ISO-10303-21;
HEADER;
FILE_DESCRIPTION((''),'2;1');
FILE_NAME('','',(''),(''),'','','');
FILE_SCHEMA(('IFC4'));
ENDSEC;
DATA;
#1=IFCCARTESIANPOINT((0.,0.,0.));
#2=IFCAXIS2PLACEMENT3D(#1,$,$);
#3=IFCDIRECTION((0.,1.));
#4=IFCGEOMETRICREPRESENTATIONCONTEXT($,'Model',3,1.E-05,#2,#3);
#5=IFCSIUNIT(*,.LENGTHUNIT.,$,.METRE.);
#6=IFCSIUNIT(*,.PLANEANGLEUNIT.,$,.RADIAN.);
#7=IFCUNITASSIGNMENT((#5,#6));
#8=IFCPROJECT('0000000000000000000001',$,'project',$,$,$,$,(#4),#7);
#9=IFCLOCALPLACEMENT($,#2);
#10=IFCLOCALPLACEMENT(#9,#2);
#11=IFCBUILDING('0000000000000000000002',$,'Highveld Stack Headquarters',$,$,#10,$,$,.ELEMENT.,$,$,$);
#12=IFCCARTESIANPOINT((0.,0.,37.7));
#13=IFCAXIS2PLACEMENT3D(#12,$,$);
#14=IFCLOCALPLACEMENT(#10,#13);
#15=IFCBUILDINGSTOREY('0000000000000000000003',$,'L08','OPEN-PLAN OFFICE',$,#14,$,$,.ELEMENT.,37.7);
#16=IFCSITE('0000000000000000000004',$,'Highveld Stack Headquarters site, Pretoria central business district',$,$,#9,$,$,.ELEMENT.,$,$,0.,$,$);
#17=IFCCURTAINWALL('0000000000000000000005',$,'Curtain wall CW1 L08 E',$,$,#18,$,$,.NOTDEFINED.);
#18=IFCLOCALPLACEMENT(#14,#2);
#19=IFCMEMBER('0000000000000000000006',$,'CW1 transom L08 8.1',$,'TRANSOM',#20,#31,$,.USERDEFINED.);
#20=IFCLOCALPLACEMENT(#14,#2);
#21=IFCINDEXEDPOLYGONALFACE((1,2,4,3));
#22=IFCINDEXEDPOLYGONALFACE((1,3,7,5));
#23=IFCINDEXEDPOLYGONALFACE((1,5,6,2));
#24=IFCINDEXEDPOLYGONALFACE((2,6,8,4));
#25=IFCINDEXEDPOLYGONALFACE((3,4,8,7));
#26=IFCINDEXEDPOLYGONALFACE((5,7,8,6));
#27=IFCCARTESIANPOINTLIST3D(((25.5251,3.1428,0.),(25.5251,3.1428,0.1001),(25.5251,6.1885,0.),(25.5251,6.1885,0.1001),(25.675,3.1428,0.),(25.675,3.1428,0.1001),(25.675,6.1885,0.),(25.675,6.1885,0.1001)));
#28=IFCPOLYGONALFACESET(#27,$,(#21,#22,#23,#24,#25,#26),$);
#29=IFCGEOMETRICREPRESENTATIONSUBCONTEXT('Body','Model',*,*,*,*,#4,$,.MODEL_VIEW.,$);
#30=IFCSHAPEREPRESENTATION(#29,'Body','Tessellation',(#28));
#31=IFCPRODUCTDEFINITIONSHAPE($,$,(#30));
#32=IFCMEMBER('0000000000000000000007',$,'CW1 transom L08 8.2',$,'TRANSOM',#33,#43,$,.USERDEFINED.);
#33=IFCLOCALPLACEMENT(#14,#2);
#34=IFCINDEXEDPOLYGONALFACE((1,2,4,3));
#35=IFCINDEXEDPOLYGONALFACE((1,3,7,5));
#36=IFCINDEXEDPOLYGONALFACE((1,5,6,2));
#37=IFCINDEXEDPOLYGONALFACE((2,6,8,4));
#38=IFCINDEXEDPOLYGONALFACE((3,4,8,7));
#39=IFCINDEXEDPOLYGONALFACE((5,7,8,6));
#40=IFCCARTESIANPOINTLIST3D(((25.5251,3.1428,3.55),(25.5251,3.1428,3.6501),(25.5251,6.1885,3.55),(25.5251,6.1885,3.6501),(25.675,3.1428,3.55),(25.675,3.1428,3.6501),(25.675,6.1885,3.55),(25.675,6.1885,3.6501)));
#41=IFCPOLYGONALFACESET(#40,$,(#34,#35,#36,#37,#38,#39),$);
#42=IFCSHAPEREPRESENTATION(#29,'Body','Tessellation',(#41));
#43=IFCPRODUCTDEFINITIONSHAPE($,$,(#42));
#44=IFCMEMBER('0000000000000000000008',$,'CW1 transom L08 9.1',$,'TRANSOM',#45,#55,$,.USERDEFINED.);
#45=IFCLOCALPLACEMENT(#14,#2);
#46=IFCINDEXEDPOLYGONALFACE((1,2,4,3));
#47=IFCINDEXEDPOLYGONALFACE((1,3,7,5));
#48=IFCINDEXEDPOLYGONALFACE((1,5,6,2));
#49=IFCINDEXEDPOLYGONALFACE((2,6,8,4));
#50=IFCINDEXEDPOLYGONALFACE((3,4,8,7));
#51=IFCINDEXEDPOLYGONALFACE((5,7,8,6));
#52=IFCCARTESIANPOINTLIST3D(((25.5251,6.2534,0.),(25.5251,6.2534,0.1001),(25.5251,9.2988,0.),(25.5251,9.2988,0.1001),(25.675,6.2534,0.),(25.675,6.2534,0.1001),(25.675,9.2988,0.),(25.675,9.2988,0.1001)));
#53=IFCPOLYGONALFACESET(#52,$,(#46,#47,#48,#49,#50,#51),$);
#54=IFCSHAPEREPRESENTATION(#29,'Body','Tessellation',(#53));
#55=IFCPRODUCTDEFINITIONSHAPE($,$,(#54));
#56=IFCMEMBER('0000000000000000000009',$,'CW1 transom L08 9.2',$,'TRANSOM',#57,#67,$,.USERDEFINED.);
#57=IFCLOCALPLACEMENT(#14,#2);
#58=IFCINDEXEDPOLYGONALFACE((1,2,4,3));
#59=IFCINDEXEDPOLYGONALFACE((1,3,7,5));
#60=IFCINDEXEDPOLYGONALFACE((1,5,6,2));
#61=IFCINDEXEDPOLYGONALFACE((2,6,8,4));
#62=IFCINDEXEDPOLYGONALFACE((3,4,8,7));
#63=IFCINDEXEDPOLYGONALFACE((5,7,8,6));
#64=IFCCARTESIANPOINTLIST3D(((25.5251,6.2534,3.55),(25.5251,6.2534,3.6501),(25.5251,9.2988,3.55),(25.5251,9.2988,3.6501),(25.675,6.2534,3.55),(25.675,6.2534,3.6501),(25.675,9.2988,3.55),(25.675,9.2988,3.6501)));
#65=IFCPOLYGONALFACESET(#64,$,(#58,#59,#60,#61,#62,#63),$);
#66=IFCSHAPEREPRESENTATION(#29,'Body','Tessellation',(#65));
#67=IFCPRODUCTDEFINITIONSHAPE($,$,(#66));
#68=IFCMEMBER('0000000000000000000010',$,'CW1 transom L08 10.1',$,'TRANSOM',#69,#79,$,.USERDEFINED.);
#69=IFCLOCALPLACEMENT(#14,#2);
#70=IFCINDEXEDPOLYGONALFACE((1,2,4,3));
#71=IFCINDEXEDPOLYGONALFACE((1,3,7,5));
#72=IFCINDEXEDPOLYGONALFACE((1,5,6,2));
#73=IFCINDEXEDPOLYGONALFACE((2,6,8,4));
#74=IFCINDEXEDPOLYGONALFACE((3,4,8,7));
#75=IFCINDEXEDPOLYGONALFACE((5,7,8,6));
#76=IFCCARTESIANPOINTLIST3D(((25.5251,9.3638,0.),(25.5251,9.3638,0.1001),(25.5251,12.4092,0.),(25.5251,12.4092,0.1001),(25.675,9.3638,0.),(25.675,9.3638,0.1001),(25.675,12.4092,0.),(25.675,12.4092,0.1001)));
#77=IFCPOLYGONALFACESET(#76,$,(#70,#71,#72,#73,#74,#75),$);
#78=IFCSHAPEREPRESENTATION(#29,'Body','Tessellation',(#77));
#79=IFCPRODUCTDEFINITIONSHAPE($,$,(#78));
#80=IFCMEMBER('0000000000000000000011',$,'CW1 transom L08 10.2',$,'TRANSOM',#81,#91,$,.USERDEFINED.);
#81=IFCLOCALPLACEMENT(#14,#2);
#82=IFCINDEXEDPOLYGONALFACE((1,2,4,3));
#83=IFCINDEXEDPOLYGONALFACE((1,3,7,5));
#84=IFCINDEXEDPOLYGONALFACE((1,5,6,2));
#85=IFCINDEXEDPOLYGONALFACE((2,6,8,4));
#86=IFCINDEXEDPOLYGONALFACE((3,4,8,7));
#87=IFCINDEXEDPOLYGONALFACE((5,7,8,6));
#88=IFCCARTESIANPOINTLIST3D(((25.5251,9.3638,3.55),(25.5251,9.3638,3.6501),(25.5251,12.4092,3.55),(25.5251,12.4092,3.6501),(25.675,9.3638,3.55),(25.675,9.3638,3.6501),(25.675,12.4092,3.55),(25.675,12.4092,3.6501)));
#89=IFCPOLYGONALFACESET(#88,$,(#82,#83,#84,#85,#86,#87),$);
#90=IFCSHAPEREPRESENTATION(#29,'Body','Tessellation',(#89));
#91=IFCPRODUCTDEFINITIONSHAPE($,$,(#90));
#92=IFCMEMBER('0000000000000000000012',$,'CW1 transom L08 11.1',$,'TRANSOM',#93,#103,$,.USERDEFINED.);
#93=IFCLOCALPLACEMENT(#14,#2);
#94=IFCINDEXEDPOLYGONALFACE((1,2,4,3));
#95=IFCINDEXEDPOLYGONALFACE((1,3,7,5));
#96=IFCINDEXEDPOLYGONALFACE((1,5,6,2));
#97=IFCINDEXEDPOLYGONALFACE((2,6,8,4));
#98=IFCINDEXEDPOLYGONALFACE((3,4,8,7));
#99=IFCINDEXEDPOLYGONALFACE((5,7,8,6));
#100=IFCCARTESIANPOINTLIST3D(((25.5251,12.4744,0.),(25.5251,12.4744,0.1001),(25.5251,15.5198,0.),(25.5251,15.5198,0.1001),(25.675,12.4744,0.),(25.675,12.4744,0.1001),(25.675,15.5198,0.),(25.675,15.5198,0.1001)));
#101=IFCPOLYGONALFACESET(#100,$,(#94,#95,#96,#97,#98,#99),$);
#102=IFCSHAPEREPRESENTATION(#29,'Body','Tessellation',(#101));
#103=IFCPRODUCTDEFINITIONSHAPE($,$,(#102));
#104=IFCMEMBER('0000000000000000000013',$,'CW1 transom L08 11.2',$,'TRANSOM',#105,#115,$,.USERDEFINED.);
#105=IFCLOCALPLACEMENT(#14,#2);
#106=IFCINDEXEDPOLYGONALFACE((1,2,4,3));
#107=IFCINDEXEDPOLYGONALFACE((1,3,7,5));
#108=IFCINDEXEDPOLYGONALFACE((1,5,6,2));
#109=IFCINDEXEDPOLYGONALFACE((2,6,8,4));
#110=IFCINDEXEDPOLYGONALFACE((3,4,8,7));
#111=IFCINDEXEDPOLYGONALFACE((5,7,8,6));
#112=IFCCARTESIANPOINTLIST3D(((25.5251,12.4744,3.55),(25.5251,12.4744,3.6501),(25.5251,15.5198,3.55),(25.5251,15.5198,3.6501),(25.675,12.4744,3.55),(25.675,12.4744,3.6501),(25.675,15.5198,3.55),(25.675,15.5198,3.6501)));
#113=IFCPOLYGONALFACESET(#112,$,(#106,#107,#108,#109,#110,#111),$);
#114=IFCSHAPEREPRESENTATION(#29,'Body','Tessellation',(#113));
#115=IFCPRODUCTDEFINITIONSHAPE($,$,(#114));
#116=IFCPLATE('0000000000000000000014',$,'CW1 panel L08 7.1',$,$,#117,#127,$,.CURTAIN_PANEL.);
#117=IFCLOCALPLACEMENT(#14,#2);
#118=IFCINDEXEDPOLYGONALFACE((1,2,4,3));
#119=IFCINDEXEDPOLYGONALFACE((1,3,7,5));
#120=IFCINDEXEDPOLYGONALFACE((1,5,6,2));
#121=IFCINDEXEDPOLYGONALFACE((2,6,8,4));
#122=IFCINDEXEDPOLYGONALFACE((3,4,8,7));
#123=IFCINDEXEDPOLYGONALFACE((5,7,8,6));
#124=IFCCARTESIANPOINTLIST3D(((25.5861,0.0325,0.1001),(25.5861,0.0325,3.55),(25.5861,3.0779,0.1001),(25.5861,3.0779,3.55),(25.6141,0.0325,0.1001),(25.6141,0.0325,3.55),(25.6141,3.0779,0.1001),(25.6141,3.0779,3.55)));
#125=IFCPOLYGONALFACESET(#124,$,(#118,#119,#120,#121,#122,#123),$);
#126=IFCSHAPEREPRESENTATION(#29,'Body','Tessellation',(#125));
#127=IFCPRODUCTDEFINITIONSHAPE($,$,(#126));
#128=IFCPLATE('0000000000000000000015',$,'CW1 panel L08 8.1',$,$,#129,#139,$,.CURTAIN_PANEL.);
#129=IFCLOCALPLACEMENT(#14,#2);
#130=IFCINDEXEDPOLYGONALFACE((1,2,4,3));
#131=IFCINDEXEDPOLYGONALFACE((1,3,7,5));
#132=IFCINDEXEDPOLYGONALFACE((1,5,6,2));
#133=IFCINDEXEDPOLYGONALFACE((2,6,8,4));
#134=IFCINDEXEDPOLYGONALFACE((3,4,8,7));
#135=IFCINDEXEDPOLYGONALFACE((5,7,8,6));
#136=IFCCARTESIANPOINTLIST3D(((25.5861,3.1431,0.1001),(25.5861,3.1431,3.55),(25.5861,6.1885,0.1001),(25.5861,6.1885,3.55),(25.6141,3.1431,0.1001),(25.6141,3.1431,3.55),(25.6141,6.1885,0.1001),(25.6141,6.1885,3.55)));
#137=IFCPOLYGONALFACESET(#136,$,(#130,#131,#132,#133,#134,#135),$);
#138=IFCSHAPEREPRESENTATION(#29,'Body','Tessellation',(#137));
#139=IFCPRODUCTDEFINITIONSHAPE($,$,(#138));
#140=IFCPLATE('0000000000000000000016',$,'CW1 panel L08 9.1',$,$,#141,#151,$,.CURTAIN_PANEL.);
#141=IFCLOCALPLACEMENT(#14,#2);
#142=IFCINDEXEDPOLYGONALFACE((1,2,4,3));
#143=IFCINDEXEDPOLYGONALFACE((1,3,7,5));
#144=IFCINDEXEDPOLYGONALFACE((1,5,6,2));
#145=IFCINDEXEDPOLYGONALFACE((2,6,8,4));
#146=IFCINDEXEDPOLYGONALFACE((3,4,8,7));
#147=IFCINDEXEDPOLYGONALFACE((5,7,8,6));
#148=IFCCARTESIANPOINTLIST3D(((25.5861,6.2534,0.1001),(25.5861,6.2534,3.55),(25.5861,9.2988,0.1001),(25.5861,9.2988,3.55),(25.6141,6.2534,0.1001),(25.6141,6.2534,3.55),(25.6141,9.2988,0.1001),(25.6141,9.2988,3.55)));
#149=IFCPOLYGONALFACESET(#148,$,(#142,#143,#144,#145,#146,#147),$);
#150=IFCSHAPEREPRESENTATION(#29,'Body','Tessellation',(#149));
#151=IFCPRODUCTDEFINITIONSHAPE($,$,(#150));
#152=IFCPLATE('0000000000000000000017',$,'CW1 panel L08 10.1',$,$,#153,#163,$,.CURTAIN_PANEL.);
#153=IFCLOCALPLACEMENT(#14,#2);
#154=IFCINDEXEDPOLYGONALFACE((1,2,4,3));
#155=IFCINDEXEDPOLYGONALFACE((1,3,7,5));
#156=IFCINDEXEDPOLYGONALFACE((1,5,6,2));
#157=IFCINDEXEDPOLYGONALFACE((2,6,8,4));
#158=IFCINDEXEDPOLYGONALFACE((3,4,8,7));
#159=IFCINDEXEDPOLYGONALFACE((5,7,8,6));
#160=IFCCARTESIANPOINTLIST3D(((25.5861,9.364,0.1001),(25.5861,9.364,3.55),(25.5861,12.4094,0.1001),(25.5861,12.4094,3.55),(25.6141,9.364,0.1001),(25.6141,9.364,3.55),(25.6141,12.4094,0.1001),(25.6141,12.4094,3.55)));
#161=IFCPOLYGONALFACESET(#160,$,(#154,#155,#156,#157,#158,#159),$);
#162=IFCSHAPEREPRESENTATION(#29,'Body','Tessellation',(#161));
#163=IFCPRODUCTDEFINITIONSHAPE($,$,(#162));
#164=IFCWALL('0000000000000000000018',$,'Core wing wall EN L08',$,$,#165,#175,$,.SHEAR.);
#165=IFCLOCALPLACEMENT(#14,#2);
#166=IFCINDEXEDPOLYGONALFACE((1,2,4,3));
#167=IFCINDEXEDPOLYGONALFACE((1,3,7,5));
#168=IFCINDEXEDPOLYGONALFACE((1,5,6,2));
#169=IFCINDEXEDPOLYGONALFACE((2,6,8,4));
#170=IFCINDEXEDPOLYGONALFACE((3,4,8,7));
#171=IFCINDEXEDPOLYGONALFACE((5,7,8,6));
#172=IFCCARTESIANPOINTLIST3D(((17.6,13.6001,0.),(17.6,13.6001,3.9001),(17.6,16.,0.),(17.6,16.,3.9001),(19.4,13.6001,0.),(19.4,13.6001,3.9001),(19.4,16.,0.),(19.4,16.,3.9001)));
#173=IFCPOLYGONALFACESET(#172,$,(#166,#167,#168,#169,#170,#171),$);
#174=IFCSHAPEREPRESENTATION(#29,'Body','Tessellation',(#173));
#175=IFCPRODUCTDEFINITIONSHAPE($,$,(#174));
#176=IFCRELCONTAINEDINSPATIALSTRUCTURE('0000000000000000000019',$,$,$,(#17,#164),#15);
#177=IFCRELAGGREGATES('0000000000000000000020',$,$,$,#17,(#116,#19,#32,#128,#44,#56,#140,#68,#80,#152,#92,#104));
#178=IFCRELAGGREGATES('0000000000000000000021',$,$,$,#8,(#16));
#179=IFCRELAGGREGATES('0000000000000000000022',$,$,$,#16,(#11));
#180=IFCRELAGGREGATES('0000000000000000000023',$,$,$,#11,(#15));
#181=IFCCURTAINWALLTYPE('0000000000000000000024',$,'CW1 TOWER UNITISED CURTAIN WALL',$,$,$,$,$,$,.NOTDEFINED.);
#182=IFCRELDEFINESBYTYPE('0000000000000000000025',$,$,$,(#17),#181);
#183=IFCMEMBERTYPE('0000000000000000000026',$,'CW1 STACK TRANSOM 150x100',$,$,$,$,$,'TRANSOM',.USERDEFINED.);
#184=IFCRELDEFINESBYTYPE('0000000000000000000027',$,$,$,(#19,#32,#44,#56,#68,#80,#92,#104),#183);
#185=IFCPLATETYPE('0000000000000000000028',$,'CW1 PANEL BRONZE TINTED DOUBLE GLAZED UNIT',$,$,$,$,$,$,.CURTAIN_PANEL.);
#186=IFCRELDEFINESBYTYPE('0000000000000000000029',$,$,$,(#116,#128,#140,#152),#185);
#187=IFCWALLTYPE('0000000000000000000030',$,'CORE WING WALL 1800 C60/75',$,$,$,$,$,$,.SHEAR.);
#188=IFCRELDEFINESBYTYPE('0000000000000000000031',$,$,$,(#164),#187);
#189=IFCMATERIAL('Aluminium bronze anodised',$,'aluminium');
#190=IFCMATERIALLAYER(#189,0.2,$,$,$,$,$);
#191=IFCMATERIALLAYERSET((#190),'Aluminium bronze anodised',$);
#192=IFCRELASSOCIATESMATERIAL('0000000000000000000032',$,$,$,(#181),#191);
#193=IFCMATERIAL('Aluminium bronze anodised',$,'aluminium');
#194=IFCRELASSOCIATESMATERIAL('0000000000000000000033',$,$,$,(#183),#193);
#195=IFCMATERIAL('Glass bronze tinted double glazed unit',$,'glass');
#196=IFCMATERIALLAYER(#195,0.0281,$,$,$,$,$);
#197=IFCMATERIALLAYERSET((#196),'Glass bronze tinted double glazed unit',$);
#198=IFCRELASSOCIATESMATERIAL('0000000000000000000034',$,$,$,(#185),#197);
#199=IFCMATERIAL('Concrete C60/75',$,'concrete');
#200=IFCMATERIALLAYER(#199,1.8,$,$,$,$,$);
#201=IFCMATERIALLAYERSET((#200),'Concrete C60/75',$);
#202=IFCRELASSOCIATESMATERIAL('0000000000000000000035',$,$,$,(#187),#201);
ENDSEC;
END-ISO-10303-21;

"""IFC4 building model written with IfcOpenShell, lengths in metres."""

from ifc_helpers import new_model, si_unit, direction, frame, frame_2d, origin, origin_2d, place, context, subcontext, project, spatial, rectangle, extrude, material, layer, layer_set, material_profile, profile_set, type_object, element, aggregate, save


model = new_model("IFC4")

# Units and contexts
model_context = context("Model", 3, precision=1e-05, world=origin(), true_north=direction((0.0, 1.0)))
body_context = subcontext(model_context, "Body", "Model", "MODEL_VIEW")
ifc_project = project(units=[si_unit("LENGTHUNIT", "METRE"), si_unit("PLANEANGLEUNIT", "RADIAN")], contexts=[model_context])

# Site, building, storey
site_placement = place(None, origin())
site = spatial("IfcSite", under=ifc_project, at=site_placement, Name="Highveld Stack Headquarters site, Pretoria central business district", CompositionType="ELEMENT", RefElevation=0.0)
building_placement = place(site_placement, origin())
building = spatial("IfcBuilding", under=site, at=building_placement, Name="Highveld Stack Headquarters", CompositionType="ELEMENT")
storey_placement = place(building_placement, frame((0.0, 0.0, 37.7)))
storey = spatial("IfcBuildingStorey", under=building, at=storey_placement, Name="L08", Description="OPEN-PLAN OFFICE", CompositionType="ELEMENT", Elevation=37.7)

# Curtain wall, members, plates
ifc_material_1 = material(Name="Aluminium bronze anodised", Category="aluminium")
ifc_layer_1 = layer(ifc_material_1, 0.2)
ifc_layer_set_1 = layer_set([ifc_layer_1], Name="Aluminium bronze anodised")
curtain_wall_type = type_object("IfcCurtainWallType", Name="CW1 TOWER UNITISED CURTAIN WALL", PredefinedType="NOTDEFINED", material=ifc_layer_set_1)
curtain_wall_placement = place(storey_placement, origin())
curtain_wall = element("IfcCurtainWall", 1, at=curtain_wall_placement, inside=storey, type_object=curtain_wall_type, Name="Curtain wall CW1 L08 E", PredefinedType="NOTDEFINED")
ifc_material_2 = material(Name="Aluminium bronze anodised", Category="aluminium")
ifc_material_profile_1 = material_profile(ifc_material_2, rectangle(XDim=0.1499, YDim=0.1001, at=origin_2d()), Name="CW1 TRANSOM 150x100")
ifc_profile_set_1 = profile_set([ifc_material_profile_1], Name="Aluminium bronze anodised")
member_type_1 = type_object("IfcMemberType", Name="CW1 STACK TRANSOM 150x100", ElementType="TRANSOM", PredefinedType="USERDEFINED", material=ifc_profile_set_1)
member_1_placement = place(storey_placement, frame((25.6001, 3.1428, 0.05), z_axis=(0.0, 1.0, 0.0), x_axis=(-1.0, 0.0, 0.0)))
member_1 = element("IfcMember", 2, at=member_1_placement, type_object=member_type_1, Name="CW1 transom L08 8.1", ObjectType="TRANSOM", PredefinedType="USERDEFINED", context=body_context, shape_type="SweptSolid", body=[
    extrude(rectangle(XDim=0.1499, YDim=0.1001, at=origin_2d()), origin(), (0.0, 0.0, 1.0), 3.0457),
])
member_2_placement = place(storey_placement, frame((25.6001, 3.1428, 3.6001), z_axis=(0.0, 1.0, 0.0), x_axis=(-1.0, 0.0, 0.0)))
member_2 = element("IfcMember", 3, at=member_2_placement, type_object=member_type_1, Name="CW1 transom L08 8.2", ObjectType="TRANSOM", PredefinedType="USERDEFINED", context=body_context, shape_type="SweptSolid", body=[
    extrude(rectangle(XDim=0.1499, YDim=0.1001, at=origin_2d()), origin(), (0.0, 0.0, 1.0), 3.0457),
])
member_3_placement = place(storey_placement, frame((25.6001, 6.2534, 0.05), z_axis=(0.0, 1.0, 0.0), x_axis=(-1.0, 0.0, 0.0)))
member_3 = element("IfcMember", 4, at=member_3_placement, type_object=member_type_1, Name="CW1 transom L08 9.1", ObjectType="TRANSOM", PredefinedType="USERDEFINED", context=body_context, shape_type="SweptSolid", body=[
    extrude(rectangle(XDim=0.1499, YDim=0.1001, at=origin_2d()), origin(), (0.0, 0.0, 1.0), 3.0454),
])
member_4_placement = place(storey_placement, frame((25.6001, 6.2534, 3.6001), z_axis=(0.0, 1.0, 0.0), x_axis=(-1.0, 0.0, 0.0)))
member_4 = element("IfcMember", 5, at=member_4_placement, type_object=member_type_1, Name="CW1 transom L08 9.2", ObjectType="TRANSOM", PredefinedType="USERDEFINED", context=body_context, shape_type="SweptSolid", body=[
    extrude(rectangle(XDim=0.1499, YDim=0.1001, at=origin_2d()), origin(), (0.0, 0.0, 1.0), 3.0454),
])
member_5_placement = place(storey_placement, frame((25.6001, 9.3638, 0.05), z_axis=(0.0, 1.0, 0.0), x_axis=(-1.0, 0.0, 0.0)))
member_5 = element("IfcMember", 6, at=member_5_placement, type_object=member_type_1, Name="CW1 transom L08 10.1", ObjectType="TRANSOM", PredefinedType="USERDEFINED", context=body_context, shape_type="SweptSolid", body=[
    extrude(rectangle(XDim=0.1499, YDim=0.1001, at=origin_2d()), origin(), (0.0, 0.0, 1.0), 3.0454),
])
member_6_placement = place(storey_placement, frame((25.6001, 9.3638, 3.6001), z_axis=(0.0, 1.0, 0.0), x_axis=(-1.0, 0.0, 0.0)))
member_6 = element("IfcMember", 7, at=member_6_placement, type_object=member_type_1, Name="CW1 transom L08 10.2", ObjectType="TRANSOM", PredefinedType="USERDEFINED", context=body_context, shape_type="SweptSolid", body=[
    extrude(rectangle(XDim=0.1499, YDim=0.1001, at=origin_2d()), origin(), (0.0, 0.0, 1.0), 3.0454),
])
member_7_placement = place(storey_placement, frame((25.6001, 12.4744, 0.05), z_axis=(0.0, 1.0, 0.0), x_axis=(-1.0, 0.0, 0.0)))
member_7 = element("IfcMember", 8, at=member_7_placement, type_object=member_type_1, Name="CW1 transom L08 11.1", ObjectType="TRANSOM", PredefinedType="USERDEFINED", context=body_context, shape_type="SweptSolid", body=[
    extrude(rectangle(XDim=0.1499, YDim=0.1001, at=origin_2d()), origin(), (0.0, 0.0, 1.0), 3.0454),
])
member_8_placement = place(storey_placement, frame((25.6001, 12.4744, 3.6001), z_axis=(0.0, 1.0, 0.0), x_axis=(-1.0, 0.0, 0.0)))
member_8 = element("IfcMember", 9, at=member_8_placement, type_object=member_type_1, Name="CW1 transom L08 11.2", ObjectType="TRANSOM", PredefinedType="USERDEFINED", context=body_context, shape_type="SweptSolid", body=[
    extrude(rectangle(XDim=0.1499, YDim=0.1001, at=origin_2d()), origin(), (0.0, 0.0, 1.0), 3.0454),
])
ifc_material_3 = material(Name="Glass bronze tinted double glazed unit", Category="glass")
ifc_layer_2 = layer(ifc_material_3, 0.0281)
ifc_layer_set_2 = layer_set([ifc_layer_2], Name="Glass bronze tinted double glazed unit")
plate_type = type_object("IfcPlateType", Name="CW1 PANEL BRONZE TINTED DOUBLE GLAZED UNIT", PredefinedType="CURTAIN_PANEL", material=ifc_layer_set_2)
plate_1_placement = place(storey_placement, frame((25.6001, 1.5552, 0.1001), z_axis=(0.0, 0.0, 1.0), x_axis=(0.0, 1.0, 0.0)))
plate_1 = element("IfcPlate", 10, at=plate_1_placement, type_object=plate_type, Name="CW1 panel L08 7.1", PredefinedType="CURTAIN_PANEL", context=body_context, shape_type="SweptSolid", body=[
    extrude(rectangle(XDim=3.0454, YDim=0.0281, at=origin_2d()), origin(), (0.0, 0.0, 1.0), 3.45),
])
plate_2_placement = place(storey_placement, frame((25.6001, 4.6658, 0.1001), z_axis=(0.0, 0.0, 1.0), x_axis=(0.0, 1.0, 0.0)))
plate_2 = element("IfcPlate", 11, at=plate_2_placement, type_object=plate_type, Name="CW1 panel L08 8.1", PredefinedType="CURTAIN_PANEL", context=body_context, shape_type="SweptSolid", body=[
    extrude(rectangle(XDim=3.0454, YDim=0.0281, at=origin_2d()), origin(), (0.0, 0.0, 1.0), 3.45),
])
plate_3_placement = place(storey_placement, frame((25.6001, 7.7761, 0.1001), z_axis=(0.0, 0.0, 1.0), x_axis=(0.0, 1.0, 0.0)))
plate_3 = element("IfcPlate", 12, at=plate_3_placement, type_object=plate_type, Name="CW1 panel L08 9.1", PredefinedType="CURTAIN_PANEL", context=body_context, shape_type="SweptSolid", body=[
    extrude(rectangle(XDim=3.0454, YDim=0.0281, at=origin_2d()), origin(), (0.0, 0.0, 1.0), 3.45),
])
plate_4_placement = place(storey_placement, frame((25.6001, 10.8867, 0.1001), z_axis=(0.0, 0.0, 1.0), x_axis=(0.0, 1.0, 0.0)))
plate_4 = element("IfcPlate", 13, at=plate_4_placement, type_object=plate_type, Name="CW1 panel L08 10.1", PredefinedType="CURTAIN_PANEL", context=body_context, shape_type="SweptSolid", body=[
    extrude(rectangle(XDim=3.0454, YDim=0.0281, at=origin_2d()), origin(), (0.0, 0.0, 1.0), 3.45),
])
aggregate(curtain_wall, [plate_1, member_1, member_2, plate_2, member_3, member_4, plate_3, member_5, member_6, plate_4, member_7, member_8])

# Wall
ifc_material_4 = material(Name="Concrete C60/75", Category="concrete")
ifc_layer_3 = layer(ifc_material_4, 1.8)
ifc_layer_set_3 = layer_set([ifc_layer_3], Name="Concrete C60/75")
wall_type_1 = type_object("IfcWallType", Name="CORE WING WALL 1800 C60/75", PredefinedType="SHEAR", material=ifc_layer_set_3)
wall_1_placement = place(storey_placement, frame((18.5, 13.6001, 0.0), z_axis=(0.0, 0.0, 1.0), x_axis=(0.0, 1.0, 0.0)))
element("IfcWall", 14, at=wall_1_placement, inside=storey, type_object=wall_type_1, Name="Core wing wall EN L08", PredefinedType="SHEAR", context=body_context, shape_type="SweptSolid", body=[
    extrude(rectangle(XDim=2.3999, YDim=1.8, at=frame_2d((1.2, 0.0))), origin(), (0.0, 0.0, 1.0), 3.9001),
])

save(model, "model.ifc")
